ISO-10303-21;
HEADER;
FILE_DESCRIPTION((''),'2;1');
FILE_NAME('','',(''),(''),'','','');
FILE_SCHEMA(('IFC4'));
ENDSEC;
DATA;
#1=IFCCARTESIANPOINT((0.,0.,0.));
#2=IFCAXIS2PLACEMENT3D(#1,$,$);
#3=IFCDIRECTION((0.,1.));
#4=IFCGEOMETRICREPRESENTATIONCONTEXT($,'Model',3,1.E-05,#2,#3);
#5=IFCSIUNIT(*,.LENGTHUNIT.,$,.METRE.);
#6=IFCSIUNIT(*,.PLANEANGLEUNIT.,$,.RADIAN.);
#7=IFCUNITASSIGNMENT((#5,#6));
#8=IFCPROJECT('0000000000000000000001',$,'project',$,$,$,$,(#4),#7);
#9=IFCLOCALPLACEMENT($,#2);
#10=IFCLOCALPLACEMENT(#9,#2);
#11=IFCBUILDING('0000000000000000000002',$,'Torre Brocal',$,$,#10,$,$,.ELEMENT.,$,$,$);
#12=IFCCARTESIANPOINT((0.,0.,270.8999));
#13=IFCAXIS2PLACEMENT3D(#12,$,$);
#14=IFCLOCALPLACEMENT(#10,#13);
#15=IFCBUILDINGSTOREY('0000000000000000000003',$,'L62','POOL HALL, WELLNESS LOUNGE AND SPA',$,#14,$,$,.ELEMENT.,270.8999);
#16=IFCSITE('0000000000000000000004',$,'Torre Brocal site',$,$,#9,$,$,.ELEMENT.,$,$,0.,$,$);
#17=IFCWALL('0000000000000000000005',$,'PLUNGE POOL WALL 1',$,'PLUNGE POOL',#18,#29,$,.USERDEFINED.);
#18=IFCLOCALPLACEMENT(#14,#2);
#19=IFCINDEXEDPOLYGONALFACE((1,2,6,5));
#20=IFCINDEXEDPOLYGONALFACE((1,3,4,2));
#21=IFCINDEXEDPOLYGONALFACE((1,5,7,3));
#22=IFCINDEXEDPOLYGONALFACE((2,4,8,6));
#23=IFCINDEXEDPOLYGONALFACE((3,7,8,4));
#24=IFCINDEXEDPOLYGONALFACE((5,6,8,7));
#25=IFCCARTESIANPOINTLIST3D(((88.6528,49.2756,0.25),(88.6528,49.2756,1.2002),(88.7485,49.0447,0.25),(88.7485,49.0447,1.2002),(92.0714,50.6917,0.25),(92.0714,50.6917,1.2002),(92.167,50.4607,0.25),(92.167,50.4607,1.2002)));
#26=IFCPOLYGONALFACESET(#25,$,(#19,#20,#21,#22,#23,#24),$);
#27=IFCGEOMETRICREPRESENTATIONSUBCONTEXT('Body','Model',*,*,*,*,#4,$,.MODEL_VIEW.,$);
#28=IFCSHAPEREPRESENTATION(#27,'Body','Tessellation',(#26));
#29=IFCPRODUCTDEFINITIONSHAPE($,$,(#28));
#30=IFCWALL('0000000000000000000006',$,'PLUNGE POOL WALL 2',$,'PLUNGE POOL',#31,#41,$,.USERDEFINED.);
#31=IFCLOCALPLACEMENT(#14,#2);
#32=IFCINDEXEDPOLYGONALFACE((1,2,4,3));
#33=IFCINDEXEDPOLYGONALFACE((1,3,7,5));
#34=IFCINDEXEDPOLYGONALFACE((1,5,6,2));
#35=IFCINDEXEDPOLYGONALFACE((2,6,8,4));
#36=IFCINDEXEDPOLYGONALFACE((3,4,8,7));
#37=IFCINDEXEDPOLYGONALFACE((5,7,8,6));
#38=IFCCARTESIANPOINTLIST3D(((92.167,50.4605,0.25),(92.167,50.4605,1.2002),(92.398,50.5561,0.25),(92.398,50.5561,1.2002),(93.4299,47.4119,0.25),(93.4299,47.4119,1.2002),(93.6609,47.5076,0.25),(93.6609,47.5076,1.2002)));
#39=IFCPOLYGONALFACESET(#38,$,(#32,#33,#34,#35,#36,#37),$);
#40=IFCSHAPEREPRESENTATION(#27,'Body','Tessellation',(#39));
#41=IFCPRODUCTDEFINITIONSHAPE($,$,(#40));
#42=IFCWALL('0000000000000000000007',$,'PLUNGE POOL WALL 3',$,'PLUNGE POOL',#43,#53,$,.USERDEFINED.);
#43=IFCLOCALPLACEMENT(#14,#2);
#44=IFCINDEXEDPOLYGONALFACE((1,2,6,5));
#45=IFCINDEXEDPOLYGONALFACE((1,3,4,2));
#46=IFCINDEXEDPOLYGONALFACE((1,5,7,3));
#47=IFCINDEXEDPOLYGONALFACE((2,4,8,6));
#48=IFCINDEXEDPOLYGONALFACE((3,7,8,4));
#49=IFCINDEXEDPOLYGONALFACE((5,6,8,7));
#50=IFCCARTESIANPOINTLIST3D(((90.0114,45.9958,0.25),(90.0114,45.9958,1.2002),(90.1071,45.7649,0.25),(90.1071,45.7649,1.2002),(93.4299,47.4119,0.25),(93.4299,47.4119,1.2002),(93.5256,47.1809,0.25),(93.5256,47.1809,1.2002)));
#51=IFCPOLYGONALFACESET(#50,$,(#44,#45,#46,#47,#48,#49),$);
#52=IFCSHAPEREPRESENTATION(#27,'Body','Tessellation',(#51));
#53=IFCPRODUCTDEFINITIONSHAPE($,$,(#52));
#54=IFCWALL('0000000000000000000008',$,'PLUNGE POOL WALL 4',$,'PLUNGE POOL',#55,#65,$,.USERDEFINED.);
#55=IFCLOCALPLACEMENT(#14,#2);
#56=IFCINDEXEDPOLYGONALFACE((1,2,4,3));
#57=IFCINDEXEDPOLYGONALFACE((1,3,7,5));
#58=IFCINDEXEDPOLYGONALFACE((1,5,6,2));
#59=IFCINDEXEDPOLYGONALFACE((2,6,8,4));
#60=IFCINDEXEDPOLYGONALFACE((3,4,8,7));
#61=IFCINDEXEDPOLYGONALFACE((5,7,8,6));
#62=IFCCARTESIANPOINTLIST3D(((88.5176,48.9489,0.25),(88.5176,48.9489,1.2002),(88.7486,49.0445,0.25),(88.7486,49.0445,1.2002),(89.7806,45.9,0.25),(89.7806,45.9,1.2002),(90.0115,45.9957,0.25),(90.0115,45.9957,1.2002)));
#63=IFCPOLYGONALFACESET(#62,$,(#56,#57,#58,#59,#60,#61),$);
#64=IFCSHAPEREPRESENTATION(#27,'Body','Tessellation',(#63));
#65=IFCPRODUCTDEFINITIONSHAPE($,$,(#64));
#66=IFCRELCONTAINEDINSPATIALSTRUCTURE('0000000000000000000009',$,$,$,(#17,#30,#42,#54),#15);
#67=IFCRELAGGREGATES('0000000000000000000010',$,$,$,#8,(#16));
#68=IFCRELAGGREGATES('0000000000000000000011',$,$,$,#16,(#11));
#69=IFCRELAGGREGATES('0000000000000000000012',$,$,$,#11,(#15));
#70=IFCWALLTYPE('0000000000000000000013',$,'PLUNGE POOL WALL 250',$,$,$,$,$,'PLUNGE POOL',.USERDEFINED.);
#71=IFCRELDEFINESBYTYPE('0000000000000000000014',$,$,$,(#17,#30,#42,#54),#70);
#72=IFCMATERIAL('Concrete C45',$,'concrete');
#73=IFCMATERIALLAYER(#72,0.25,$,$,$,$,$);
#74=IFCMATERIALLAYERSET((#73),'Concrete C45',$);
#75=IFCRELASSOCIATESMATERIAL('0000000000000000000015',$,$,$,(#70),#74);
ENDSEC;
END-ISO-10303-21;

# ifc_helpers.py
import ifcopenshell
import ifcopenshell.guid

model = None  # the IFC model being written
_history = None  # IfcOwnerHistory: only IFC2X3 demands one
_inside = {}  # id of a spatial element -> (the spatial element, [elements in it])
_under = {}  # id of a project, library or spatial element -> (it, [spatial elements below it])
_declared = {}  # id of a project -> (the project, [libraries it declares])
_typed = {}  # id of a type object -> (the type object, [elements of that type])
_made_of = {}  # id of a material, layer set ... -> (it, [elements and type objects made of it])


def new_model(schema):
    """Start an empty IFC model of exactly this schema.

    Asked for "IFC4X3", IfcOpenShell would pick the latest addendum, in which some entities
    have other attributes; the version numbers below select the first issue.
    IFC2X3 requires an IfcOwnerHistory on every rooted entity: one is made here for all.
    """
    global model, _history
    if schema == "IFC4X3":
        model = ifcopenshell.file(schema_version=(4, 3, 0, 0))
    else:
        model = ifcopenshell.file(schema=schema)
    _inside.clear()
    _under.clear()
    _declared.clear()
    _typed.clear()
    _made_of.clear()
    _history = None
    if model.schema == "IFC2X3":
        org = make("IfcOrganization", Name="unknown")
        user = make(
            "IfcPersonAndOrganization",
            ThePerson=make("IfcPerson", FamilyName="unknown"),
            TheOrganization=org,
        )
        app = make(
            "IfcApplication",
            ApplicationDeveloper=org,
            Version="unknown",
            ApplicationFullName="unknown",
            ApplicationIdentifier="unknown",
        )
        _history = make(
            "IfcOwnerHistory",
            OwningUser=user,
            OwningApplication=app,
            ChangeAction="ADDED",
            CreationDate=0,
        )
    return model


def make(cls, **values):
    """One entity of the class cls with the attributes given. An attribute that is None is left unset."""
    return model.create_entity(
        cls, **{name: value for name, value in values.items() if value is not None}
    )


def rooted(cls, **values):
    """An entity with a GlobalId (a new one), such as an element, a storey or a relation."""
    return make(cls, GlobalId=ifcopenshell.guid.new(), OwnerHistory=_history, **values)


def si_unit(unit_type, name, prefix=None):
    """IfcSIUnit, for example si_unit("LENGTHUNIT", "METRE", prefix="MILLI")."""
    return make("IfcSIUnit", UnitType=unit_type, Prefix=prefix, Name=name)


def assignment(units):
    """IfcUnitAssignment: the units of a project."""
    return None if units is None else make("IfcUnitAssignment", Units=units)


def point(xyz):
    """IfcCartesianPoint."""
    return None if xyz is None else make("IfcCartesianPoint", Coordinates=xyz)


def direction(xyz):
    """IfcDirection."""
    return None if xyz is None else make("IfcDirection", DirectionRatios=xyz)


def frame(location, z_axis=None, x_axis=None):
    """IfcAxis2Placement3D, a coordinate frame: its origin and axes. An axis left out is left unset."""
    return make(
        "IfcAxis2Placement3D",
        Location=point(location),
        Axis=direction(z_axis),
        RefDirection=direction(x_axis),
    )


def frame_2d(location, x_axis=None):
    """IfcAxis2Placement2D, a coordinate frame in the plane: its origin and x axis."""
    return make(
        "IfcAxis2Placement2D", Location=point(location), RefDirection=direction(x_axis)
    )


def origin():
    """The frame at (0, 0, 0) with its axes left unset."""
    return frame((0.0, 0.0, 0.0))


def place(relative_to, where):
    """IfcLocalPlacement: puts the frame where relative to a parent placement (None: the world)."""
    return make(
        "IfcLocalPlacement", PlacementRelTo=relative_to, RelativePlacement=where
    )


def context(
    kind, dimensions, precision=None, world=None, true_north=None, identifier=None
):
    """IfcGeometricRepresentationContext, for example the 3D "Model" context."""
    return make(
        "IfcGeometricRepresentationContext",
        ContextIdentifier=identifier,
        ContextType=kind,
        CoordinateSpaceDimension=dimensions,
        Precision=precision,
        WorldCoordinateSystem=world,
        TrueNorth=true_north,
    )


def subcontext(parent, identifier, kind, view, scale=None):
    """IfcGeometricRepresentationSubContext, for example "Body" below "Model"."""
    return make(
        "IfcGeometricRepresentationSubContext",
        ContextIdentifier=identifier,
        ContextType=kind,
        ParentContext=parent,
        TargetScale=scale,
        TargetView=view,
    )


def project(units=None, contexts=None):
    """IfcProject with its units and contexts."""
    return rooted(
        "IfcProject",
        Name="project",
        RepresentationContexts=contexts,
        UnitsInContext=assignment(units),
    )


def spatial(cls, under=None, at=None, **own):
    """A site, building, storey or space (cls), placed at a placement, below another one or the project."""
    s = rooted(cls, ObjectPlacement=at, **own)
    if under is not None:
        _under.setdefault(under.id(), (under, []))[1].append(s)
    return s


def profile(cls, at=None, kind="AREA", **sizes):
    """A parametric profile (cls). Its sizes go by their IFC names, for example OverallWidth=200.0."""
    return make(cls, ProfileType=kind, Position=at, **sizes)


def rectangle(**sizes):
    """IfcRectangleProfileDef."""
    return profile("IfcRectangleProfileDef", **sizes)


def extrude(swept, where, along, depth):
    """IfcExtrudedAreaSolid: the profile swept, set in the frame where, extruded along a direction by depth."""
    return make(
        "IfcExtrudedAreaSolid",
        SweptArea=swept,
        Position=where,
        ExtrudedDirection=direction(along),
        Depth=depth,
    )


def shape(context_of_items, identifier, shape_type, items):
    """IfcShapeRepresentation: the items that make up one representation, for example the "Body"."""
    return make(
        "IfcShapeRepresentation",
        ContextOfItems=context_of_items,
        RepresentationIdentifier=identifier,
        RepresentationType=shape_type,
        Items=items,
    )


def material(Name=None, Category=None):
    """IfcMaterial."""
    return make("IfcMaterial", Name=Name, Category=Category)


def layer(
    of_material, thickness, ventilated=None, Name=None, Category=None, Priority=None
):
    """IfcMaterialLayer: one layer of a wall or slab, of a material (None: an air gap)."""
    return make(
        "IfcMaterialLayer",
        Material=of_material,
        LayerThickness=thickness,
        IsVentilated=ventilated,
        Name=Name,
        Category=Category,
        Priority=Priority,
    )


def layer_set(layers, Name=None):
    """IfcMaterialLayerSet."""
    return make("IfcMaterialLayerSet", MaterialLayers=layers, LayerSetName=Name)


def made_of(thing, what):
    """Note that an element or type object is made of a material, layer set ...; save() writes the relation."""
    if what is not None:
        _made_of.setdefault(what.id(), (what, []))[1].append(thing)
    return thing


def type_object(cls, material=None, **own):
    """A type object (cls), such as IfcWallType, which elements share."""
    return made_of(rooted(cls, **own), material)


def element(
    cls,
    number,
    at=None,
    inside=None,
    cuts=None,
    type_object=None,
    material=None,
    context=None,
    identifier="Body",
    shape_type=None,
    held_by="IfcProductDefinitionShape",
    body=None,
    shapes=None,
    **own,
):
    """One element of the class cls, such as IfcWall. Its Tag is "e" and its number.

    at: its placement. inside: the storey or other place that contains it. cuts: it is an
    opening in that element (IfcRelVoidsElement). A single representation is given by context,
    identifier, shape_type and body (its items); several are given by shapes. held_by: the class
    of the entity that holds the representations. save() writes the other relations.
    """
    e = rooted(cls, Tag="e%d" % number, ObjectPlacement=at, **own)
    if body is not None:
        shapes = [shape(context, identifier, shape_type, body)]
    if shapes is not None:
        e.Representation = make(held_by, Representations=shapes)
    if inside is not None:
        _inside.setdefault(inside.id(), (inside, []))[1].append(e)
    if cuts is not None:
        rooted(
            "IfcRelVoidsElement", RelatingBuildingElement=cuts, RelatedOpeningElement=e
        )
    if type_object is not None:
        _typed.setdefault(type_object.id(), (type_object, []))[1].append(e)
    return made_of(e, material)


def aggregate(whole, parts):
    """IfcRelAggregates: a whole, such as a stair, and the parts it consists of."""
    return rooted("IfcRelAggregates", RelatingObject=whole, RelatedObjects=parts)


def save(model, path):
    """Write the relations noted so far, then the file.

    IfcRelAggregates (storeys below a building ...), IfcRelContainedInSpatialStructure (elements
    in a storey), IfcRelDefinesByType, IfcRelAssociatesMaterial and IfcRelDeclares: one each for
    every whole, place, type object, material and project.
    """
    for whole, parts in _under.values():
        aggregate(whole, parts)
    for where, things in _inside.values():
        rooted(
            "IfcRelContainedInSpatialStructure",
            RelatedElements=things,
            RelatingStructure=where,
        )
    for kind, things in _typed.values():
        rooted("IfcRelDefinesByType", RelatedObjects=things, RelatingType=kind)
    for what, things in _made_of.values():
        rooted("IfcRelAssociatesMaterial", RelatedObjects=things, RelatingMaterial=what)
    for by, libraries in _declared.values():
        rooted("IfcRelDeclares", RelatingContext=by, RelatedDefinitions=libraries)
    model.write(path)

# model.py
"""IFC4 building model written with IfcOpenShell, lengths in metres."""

from ifc_helpers import new_model, si_unit, direction, frame, frame_2d, origin, place, context, subcontext, project, spatial, rectangle, extrude, material, layer, layer_set, type_object, element, save


model = new_model("IFC4")

# Units and contexts
model_context = context("Model", 3, precision=1e-05, world=origin(), true_north=direction((0.0, 1.0)))
body_context = subcontext(model_context, "Body", "Model", "MODEL_VIEW")
ifc_project = project(units=[si_unit("LENGTHUNIT", "METRE"), si_unit("PLANEANGLEUNIT", "RADIAN")], contexts=[model_context])

# Site, building, storey
site_placement = place(None, origin())
site = spatial("IfcSite", under=ifc_project, at=site_placement, Name="Torre Brocal site", CompositionType="ELEMENT", RefElevation=0.0)
building_placement = place(site_placement, origin())
building = spatial("IfcBuilding", under=site, at=building_placement, Name="Torre Brocal", CompositionType="ELEMENT")
storey_placement = place(building_placement, frame((0.0, 0.0, 270.8999)))
storey = spatial("IfcBuildingStorey", under=building, at=storey_placement, Name="L62", Description="POOL HALL, WELLNESS LOUNGE AND SPA", CompositionType="ELEMENT", Elevation=270.8999)

# Walls
ifc_material_1 = material(Name="Concrete C45", Category="concrete")
ifc_layer_1 = layer(ifc_material_1, 0.25)
ifc_layer_set_1 = layer_set([ifc_layer_1], Name="Concrete C45")
wall_type_1 = type_object("IfcWallType", Name="PLUNGE POOL WALL 250", ElementType="PLUNGE POOL", PredefinedType="USERDEFINED", material=ifc_layer_set_1)
wall_1_placement = place(storey_placement, frame((88.7007, 49.1602, 0.25), z_axis=(0.0, 0.0, 1.0), x_axis=(0.923875, 0.382694, 0.0)))
element("IfcWall", 1, at=wall_1_placement, inside=storey, type_object=wall_type_1, Name="PLUNGE POOL WALL 1", ObjectType="PLUNGE POOL", PredefinedType="USERDEFINED", context=body_context, shape_type="SweptSolid", body=[
    extrude(rectangle(XDim=3.7002, YDim=0.25, at=frame_2d((1.8501, 0.0))), origin(), (0.0, 0.0, 1.0), 0.9502),
])
wall_2_placement = place(storey_placement, frame((92.2825, 50.5083, 0.25), z_axis=(0.0, 0.0, 1.0), x_axis=(0.382729, -0.923861, 0.0)))
element("IfcWall", 2, at=wall_2_placement, inside=storey, type_object=wall_type_1, Name="PLUNGE POOL WALL 2", ObjectType="PLUNGE POOL", PredefinedType="USERDEFINED", context=body_context, shape_type="SweptSolid", body=[
    extrude(rectangle(XDim=3.2998, YDim=0.25, at=frame_2d((1.6499, 0.0))), origin(), (0.0, 0.0, 1.0), 0.9502),
])
wall_3_placement = place(storey_placement, frame((93.4778, 47.2964, 0.25), z_axis=(0.0, 0.0, 1.0), x_axis=(-0.923875, -0.382694, 0.0)))
element("IfcWall", 3, at=wall_3_placement, inside=storey, type_object=wall_type_1, Name="PLUNGE POOL WALL 3", ObjectType="PLUNGE POOL", PredefinedType="USERDEFINED", context=body_context, shape_type="SweptSolid", body=[
    extrude(rectangle(XDim=3.7002, YDim=0.25, at=frame_2d((1.8501, 0.0))), origin(), (0.0, 0.0, 1.0), 0.9502),
])
wall_4_placement = place(storey_placement, frame((89.896, 45.948, 0.25), z_axis=(0.0, 0.0, 1.0), x_axis=(-0.382702, 0.923872, 0.0)))
element("IfcWall", 4, at=wall_4_placement, inside=storey, type_object=wall_type_1, Name="PLUNGE POOL WALL 4", ObjectType="PLUNGE POOL", PredefinedType="USERDEFINED", context=body_context, shape_type="SweptSolid", body=[
    extrude(rectangle(XDim=3.3, YDim=0.25, at=frame_2d((1.6499, 0.0))), origin(), (0.0, 0.0, 1.0), 0.9502),
])

save(model, "model.ifc")
